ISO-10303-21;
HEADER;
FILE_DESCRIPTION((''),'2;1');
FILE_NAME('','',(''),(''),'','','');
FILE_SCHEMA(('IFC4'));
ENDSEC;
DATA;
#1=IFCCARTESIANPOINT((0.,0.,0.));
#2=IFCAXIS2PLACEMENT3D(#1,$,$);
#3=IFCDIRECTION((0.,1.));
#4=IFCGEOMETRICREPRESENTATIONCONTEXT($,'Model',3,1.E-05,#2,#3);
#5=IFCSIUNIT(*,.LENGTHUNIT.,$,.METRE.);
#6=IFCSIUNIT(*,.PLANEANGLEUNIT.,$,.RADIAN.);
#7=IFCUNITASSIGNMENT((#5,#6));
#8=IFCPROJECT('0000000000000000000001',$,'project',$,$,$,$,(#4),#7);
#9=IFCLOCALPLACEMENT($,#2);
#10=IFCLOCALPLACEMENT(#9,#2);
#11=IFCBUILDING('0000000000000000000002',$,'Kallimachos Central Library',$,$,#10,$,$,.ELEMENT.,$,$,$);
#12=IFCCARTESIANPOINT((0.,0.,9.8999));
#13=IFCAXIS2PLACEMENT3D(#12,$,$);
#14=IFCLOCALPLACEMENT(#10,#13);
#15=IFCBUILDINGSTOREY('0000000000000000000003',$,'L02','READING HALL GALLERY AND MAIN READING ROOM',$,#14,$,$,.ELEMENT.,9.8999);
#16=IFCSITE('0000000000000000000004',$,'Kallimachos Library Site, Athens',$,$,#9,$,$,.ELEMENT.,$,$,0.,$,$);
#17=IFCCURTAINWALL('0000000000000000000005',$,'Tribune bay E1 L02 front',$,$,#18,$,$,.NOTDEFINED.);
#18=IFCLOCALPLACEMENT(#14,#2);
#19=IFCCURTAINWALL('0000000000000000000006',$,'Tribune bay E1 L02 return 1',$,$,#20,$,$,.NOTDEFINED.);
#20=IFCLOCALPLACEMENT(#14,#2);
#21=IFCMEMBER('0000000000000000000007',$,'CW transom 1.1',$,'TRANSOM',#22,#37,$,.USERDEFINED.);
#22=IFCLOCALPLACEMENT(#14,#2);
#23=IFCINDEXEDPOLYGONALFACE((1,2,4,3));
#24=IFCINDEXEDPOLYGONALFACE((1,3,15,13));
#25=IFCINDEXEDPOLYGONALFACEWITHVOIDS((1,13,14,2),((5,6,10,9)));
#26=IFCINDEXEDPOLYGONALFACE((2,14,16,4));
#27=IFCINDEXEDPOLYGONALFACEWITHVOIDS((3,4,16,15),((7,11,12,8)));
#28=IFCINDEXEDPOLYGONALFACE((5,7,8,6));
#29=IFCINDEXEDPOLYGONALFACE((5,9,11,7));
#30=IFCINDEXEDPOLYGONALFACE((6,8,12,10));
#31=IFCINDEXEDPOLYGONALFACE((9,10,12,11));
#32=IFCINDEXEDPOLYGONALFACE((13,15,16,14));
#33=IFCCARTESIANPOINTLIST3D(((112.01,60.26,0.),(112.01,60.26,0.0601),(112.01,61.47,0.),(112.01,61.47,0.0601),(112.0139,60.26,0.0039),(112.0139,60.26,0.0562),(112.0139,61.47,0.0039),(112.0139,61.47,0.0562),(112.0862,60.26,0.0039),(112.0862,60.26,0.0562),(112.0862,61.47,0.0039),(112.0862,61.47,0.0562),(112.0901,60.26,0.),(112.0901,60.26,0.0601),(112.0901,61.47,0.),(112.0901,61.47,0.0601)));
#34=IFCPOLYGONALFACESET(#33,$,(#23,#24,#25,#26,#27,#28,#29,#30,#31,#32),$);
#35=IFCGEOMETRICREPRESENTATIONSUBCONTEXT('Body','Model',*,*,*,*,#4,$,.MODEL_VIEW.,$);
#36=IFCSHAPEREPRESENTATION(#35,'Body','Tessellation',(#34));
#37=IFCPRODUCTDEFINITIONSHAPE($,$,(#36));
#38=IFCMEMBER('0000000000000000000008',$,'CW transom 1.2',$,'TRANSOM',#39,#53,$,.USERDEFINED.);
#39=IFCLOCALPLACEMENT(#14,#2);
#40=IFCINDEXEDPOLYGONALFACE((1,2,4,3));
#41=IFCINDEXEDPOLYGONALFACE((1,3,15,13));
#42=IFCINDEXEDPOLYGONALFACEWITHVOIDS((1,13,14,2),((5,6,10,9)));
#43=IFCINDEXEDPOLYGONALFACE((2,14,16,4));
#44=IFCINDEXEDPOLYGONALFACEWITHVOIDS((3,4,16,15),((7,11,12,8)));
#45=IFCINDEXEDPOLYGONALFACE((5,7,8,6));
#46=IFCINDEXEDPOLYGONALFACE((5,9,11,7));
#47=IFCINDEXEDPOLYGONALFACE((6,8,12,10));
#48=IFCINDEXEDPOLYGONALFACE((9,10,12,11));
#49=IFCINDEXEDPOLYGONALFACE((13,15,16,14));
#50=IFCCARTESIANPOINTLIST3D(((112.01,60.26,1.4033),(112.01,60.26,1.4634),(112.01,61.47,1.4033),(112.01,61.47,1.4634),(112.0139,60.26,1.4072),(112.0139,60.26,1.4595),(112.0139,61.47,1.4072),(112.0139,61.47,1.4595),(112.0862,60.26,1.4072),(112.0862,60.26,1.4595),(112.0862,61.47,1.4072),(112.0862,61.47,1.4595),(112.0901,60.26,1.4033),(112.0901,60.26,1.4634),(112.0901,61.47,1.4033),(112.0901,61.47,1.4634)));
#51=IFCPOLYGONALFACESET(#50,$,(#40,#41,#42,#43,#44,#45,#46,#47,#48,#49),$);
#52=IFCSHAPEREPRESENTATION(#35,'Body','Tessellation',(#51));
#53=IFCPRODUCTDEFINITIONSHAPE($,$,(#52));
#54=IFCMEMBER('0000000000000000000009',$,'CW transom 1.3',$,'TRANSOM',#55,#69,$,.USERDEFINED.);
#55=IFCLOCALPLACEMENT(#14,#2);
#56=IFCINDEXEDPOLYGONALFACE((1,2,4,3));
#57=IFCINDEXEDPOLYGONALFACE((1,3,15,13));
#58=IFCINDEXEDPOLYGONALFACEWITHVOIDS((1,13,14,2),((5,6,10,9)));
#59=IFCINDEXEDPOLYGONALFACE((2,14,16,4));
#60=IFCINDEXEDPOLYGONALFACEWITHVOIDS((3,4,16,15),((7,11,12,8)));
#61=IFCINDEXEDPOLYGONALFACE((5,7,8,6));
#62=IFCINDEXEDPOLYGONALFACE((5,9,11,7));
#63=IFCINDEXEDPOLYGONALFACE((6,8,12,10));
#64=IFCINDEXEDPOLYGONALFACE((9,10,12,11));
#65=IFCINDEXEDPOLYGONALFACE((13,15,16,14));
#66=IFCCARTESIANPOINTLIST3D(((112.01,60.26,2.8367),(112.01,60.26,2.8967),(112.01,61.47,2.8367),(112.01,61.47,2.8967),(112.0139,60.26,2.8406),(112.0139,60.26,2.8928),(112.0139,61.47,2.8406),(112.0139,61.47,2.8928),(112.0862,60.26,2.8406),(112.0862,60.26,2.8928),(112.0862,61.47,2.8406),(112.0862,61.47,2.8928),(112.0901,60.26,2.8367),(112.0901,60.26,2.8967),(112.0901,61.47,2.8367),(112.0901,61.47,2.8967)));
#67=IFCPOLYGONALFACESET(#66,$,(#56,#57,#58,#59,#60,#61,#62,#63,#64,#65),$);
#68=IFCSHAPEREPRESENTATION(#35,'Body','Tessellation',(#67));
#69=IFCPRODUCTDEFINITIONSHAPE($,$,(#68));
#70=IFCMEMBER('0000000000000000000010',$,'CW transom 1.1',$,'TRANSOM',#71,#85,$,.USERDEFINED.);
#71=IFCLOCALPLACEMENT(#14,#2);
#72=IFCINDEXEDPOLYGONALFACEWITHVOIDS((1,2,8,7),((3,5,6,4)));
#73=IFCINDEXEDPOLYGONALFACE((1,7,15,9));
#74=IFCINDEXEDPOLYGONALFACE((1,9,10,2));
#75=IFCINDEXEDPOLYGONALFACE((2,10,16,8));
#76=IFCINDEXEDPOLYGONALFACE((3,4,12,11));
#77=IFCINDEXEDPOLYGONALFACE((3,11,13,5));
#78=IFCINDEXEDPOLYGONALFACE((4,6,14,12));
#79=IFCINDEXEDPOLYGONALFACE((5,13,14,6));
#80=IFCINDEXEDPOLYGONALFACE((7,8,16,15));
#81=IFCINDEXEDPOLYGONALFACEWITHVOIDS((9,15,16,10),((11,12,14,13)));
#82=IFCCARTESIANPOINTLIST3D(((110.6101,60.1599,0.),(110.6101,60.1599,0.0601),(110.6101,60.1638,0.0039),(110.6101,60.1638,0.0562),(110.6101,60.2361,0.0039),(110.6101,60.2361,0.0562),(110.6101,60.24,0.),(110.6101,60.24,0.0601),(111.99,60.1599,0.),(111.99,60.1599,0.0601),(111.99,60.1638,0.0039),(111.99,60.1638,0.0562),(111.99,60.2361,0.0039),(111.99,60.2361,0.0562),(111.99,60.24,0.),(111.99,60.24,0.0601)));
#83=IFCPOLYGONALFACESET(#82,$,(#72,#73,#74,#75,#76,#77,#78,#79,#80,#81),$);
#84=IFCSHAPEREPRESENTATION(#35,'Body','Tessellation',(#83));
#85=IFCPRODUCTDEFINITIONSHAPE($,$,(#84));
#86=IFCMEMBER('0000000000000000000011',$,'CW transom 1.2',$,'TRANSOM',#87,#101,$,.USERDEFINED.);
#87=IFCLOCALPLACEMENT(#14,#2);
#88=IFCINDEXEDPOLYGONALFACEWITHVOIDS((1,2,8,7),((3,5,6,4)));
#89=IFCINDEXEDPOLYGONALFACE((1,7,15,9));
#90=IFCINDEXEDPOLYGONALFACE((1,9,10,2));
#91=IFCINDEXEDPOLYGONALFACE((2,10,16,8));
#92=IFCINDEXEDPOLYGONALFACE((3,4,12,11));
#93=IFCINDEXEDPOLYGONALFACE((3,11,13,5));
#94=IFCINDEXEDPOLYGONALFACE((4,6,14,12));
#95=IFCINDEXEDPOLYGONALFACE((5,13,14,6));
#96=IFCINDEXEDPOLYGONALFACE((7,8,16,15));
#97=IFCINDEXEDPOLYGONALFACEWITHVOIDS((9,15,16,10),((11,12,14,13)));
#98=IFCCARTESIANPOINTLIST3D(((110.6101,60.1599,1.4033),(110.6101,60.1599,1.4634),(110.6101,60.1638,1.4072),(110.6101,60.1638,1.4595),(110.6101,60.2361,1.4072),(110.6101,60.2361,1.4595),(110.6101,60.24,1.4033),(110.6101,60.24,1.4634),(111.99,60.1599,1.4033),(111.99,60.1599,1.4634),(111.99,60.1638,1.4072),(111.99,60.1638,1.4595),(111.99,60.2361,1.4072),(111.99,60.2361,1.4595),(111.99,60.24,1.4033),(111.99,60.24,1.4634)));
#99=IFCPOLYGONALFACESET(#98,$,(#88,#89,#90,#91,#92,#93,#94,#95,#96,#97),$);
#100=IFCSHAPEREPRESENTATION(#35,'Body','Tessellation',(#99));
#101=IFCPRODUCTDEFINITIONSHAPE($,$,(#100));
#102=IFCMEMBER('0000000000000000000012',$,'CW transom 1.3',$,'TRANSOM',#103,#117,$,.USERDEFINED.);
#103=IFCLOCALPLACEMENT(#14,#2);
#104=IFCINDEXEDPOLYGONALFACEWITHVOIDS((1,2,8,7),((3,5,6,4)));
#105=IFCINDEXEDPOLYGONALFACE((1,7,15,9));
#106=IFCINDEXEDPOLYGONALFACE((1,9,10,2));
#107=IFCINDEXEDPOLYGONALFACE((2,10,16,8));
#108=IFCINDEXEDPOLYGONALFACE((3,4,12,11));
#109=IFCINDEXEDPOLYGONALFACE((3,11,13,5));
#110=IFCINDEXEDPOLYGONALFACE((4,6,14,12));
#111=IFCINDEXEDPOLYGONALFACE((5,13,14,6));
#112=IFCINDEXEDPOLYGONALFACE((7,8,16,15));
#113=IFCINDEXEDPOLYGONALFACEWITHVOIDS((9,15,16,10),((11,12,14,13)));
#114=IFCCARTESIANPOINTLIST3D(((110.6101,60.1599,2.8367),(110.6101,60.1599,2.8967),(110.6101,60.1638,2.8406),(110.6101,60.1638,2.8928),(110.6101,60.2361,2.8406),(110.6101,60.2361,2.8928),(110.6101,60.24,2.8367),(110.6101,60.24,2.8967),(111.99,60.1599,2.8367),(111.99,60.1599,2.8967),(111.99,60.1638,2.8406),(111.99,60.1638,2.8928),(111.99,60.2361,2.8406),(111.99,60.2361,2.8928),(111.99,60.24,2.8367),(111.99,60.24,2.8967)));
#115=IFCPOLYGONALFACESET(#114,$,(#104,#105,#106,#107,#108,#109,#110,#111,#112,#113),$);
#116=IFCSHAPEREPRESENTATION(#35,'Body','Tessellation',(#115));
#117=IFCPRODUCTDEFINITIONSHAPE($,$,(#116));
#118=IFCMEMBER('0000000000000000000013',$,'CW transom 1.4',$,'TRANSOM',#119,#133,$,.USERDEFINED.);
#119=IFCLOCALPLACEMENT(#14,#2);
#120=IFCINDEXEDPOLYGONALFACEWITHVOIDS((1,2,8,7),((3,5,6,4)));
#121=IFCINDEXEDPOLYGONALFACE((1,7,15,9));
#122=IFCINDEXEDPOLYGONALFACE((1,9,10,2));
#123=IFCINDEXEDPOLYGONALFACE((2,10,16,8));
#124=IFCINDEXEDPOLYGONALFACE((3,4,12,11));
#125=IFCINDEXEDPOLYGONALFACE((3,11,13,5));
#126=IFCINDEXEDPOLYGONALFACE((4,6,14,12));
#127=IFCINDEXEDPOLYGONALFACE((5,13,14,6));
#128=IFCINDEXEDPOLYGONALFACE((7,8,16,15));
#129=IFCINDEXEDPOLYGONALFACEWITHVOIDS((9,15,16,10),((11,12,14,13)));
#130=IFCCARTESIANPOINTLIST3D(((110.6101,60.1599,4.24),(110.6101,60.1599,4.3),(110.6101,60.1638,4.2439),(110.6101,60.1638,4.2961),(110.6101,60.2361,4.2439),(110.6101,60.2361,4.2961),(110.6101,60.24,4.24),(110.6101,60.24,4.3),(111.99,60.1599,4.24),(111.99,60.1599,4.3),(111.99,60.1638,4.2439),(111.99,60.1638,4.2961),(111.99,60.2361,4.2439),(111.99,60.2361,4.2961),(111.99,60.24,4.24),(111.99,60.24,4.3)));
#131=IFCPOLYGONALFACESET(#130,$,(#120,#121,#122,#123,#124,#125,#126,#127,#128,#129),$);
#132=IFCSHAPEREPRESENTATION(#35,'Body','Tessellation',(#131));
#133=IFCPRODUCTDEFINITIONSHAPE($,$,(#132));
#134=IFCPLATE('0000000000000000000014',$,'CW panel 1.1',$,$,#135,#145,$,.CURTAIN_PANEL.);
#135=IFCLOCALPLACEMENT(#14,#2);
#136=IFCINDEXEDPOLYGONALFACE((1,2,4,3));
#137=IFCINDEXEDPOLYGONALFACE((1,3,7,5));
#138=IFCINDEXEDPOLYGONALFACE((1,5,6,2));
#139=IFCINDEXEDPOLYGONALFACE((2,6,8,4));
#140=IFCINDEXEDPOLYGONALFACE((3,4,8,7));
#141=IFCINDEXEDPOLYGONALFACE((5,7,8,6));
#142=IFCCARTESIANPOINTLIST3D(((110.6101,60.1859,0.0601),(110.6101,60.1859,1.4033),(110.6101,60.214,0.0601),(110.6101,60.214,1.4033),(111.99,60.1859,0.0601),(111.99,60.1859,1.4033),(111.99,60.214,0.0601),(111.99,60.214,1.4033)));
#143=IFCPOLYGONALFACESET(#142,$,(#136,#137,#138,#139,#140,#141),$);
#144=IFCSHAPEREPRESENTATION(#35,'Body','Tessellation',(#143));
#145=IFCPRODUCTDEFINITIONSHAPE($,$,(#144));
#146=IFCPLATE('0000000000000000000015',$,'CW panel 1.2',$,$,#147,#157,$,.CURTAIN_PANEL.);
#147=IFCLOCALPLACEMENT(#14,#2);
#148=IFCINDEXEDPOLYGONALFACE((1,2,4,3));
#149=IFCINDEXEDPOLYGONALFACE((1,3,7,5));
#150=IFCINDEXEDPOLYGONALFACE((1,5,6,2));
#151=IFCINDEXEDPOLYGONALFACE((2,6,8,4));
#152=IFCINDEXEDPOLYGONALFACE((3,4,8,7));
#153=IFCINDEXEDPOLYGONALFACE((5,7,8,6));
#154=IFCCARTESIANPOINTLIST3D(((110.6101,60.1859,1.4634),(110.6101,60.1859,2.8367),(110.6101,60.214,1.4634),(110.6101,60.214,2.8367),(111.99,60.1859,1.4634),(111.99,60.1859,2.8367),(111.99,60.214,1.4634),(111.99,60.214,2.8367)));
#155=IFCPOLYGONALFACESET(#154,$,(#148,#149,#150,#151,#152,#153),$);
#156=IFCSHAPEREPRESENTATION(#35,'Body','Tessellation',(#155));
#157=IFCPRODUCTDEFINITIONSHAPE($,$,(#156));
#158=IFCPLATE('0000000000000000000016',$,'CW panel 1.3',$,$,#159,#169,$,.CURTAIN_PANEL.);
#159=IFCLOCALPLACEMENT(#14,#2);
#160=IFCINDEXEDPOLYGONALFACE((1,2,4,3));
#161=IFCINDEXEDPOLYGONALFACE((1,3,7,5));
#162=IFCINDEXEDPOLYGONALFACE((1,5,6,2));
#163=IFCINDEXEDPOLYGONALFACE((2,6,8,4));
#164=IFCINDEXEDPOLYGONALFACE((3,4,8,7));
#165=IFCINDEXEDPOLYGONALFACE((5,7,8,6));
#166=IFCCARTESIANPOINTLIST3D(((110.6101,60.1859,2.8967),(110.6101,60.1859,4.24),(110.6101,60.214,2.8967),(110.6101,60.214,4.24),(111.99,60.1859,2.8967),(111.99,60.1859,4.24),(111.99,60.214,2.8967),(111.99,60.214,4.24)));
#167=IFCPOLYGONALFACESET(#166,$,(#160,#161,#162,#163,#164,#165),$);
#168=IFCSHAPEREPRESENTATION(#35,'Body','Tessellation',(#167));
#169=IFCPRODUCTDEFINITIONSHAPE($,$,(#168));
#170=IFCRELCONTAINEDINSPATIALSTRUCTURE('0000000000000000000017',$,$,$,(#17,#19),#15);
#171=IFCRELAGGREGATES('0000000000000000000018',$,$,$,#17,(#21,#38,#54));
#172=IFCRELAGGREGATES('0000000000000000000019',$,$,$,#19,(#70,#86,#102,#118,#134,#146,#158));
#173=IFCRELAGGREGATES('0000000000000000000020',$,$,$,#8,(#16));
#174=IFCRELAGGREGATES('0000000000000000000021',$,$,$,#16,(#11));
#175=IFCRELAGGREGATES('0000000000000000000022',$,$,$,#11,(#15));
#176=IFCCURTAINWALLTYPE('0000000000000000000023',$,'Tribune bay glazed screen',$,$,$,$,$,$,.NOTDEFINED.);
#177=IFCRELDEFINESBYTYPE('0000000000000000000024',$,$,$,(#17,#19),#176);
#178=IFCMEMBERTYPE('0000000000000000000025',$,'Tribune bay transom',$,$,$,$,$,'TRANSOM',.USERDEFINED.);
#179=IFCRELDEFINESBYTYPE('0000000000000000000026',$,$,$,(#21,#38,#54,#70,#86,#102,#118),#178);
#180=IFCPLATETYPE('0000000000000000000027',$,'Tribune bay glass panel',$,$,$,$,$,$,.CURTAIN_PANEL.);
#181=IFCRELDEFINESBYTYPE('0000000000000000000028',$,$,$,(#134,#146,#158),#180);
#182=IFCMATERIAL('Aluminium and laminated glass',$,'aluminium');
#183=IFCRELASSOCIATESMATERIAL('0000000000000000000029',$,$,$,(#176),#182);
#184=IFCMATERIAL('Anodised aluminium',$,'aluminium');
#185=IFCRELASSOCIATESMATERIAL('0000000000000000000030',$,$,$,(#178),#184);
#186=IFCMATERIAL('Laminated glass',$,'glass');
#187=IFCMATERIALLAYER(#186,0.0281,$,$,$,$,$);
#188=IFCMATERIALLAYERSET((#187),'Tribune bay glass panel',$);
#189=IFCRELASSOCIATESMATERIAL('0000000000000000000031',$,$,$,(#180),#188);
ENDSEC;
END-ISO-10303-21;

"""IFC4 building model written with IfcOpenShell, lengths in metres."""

from ifc_helpers import new_model, si_unit, direction, frame, origin, origin_2d, place, context, subcontext, project, spatial, rectangle, hollow_rectangle, extrude, material, layer, layer_set, material_profile, profile_set, type_object, element, aggregate, save


model = new_model("IFC4")

# Units and contexts
model_context = context("Model", 3, precision=1e-05, world=origin(), true_north=direction((0.0, 1.0)))
body_context = subcontext(model_context, "Body", "Model", "MODEL_VIEW")
ifc_project = project(units=[si_unit("LENGTHUNIT", "METRE"), si_unit("PLANEANGLEUNIT", "RADIAN")], contexts=[model_context])

# Site, building, storey
site_placement = place(None, origin())
site = spatial("IfcSite", under=ifc_project, at=site_placement, Name="Kallimachos Library Site, Athens", CompositionType="ELEMENT", RefElevation=0.0)
building_placement = place(site_placement, origin())
building = spatial("IfcBuilding", under=site, at=building_placement, Name="Kallimachos Central Library", CompositionType="ELEMENT")
storey_placement = place(building_placement, frame((0.0, 0.0, 9.8999)))
storey = spatial("IfcBuildingStorey", under=building, at=storey_placement, Name="L02", Description="READING HALL GALLERY AND MAIN READING ROOM", CompositionType="ELEMENT", Elevation=9.8999)

# Curtain wall
ifc_material_1 = material(Name="Aluminium and laminated glass", Category="aluminium")
curtain_wall_type = type_object("IfcCurtainWallType", Name="Tribune bay glazed screen", PredefinedType="NOTDEFINED", material=ifc_material_1)
curtain_wall_1_placement = place(storey_placement, origin())
curtain_wall_1 = element("IfcCurtainWall", 1, at=curtain_wall_1_placement, inside=storey, type_object=curtain_wall_type, Name="Tribune bay E1 L02 front", PredefinedType="NOTDEFINED")

# Curtain wall
curtain_wall_2_placement = place(storey_placement, origin())
curtain_wall_2 = element("IfcCurtainWall", 2, at=curtain_wall_2_placement, inside=storey, type_object=curtain_wall_type, Name="Tribune bay E1 L02 return 1", PredefinedType="NOTDEFINED")

# Members
ifc_material_2 = material(Name="Anodised aluminium", Category="aluminium")
ifc_material_profile_1 = material_profile(ifc_material_2, hollow_rectangle(XDim=0.0601, YDim=0.0801, WallThickness=0.0039, at=origin_2d()), Name="ALU TRANSOM 60x80")
ifc_profile_set_1 = profile_set([ifc_material_profile_1], Name="Anodised aluminium")
member_type_1 = type_object("IfcMemberType", Name="Tribune bay transom", ElementType="TRANSOM", PredefinedType="USERDEFINED", material=ifc_profile_set_1)
member_1_placement = place(storey_placement, frame((112.05, 60.26, 0.03), z_axis=(0.0, 1.0, 0.0), x_axis=(0.0, 0.0, 1.0)))
member_1 = element("IfcMember", 3, at=member_1_placement, type_object=member_type_1, Name="CW transom 1.1", ObjectType="TRANSOM", PredefinedType="USERDEFINED", context=body_context, shape_type="SweptSolid", body=[
    extrude(hollow_rectangle(XDim=0.0601, YDim=0.0801, WallThickness=0.0039, at=origin_2d()), origin(), (0.0, 0.0, 1.0), 1.21),
])
member_2_placement = place(storey_placement, frame((112.05, 60.26, 1.4333), z_axis=(0.0, 1.0, 0.0), x_axis=(0.0, 0.0, 1.0)))
member_2 = element("IfcMember", 4, at=member_2_placement, type_object=member_type_1, Name="CW transom 1.2", ObjectType="TRANSOM", PredefinedType="USERDEFINED", context=body_context, shape_type="SweptSolid", body=[
    extrude(hollow_rectangle(XDim=0.0601, YDim=0.0801, WallThickness=0.0039, at=origin_2d()), origin(), (0.0, 0.0, 1.0), 1.21),
])
member_3_placement = place(storey_placement, frame((112.05, 60.26, 2.8667), z_axis=(0.0, 1.0, 0.0), x_axis=(0.0, 0.0, 1.0)))
member_3 = element("IfcMember", 5, at=member_3_placement, type_object=member_type_1, Name="CW transom 1.3", ObjectType="TRANSOM", PredefinedType="USERDEFINED", context=body_context, shape_type="SweptSolid", body=[
    extrude(hollow_rectangle(XDim=0.0601, YDim=0.0801, WallThickness=0.0039, at=origin_2d()), origin(), (0.0, 0.0, 1.0), 1.21),
])
aggregate(curtain_wall_1, [member_1, member_2, member_3])
member_4_placement = place(storey_placement, frame((110.6101, 60.2, 0.03), z_axis=(1.0, 0.0, 0.0), x_axis=(0.0, 0.0, 1.0)))
member_4 = element("IfcMember", 6, at=member_4_placement, type_object=member_type_1, Name="CW transom 1.1", ObjectType="TRANSOM", PredefinedType="USERDEFINED", context=body_context, shape_type="SweptSolid", body=[
    extrude(hollow_rectangle(XDim=0.0601, YDim=0.0801, WallThickness=0.0039, at=origin_2d()), origin(), (0.0, 0.0, 1.0), 1.3799),
])
member_5_placement = place(storey_placement, frame((110.6101, 60.2, 1.4333), z_axis=(1.0, 0.0, 0.0), x_axis=(0.0, 0.0, 1.0)))
member_5 = element("IfcMember", 7, at=member_5_placement, type_object=member_type_1, Name="CW transom 1.2", ObjectType="TRANSOM", PredefinedType="USERDEFINED", context=body_context, shape_type="SweptSolid", body=[
    extrude(hollow_rectangle(XDim=0.0601, YDim=0.0801, WallThickness=0.0039, at=origin_2d()), origin(), (0.0, 0.0, 1.0), 1.3799),
])
member_6_placement = place(storey_placement, frame((110.6101, 60.2, 2.8667), z_axis=(1.0, 0.0, 0.0), x_axis=(0.0, 0.0, 1.0)))
member_6 = element("IfcMember", 8, at=member_6_placement, type_object=member_type_1, Name="CW transom 1.3", ObjectType="TRANSOM", PredefinedType="USERDEFINED", context=body_context, shape_type="SweptSolid", body=[
    extrude(hollow_rectangle(XDim=0.0601, YDim=0.0801, WallThickness=0.0039, at=origin_2d()), origin(), (0.0, 0.0, 1.0), 1.3799),
])
member_7_placement = place(storey_placement, frame((110.6101, 60.2, 4.27), z_axis=(1.0, 0.0, 0.0), x_axis=(0.0, 0.0, 1.0)))
member_7 = element("IfcMember", 9, at=member_7_placement, type_object=member_type_1, Name="CW transom 1.4", ObjectType="TRANSOM", PredefinedType="USERDEFINED", context=body_context, shape_type="SweptSolid", body=[
    extrude(hollow_rectangle(XDim=0.0601, YDim=0.0801, WallThickness=0.0039, at=origin_2d()), origin(), (0.0, 0.0, 1.0), 1.3799),
])

# Plates
ifc_material_3 = material(Name="Laminated glass", Category="glass")
ifc_layer_1 = layer(ifc_material_3, 0.0281)
ifc_layer_set_1 = layer_set([ifc_layer_1], Name="Tribune bay glass panel")
plate_type = type_object("IfcPlateType", Name="Tribune bay glass panel", PredefinedType="CURTAIN_PANEL", material=ifc_layer_set_1)
plate_1_placement = place(storey_placement, frame((111.3, 60.2, 0.0601), z_axis=(0.0, 0.0, 1.0), x_axis=(1.0, 0.0, 0.0)))
plate_1 = element("IfcPlate", 10, at=plate_1_placement, type_object=plate_type, Name="CW panel 1.1", PredefinedType="CURTAIN_PANEL", context=body_context, shape_type="SweptSolid", body=[
    extrude(rectangle(XDim=1.3799, YDim=0.0281, at=origin_2d()), origin(), (0.0, 0.0, 1.0), 1.3433),
])
plate_2_placement = place(storey_placement, frame((111.3, 60.2, 1.4634), z_axis=(0.0, 0.0, 1.0), x_axis=(1.0, 0.0, 0.0)))
plate_2 = element("IfcPlate", 11, at=plate_2_placement, type_object=plate_type, Name="CW panel 1.2", PredefinedType="CURTAIN_PANEL", context=body_context, shape_type="SweptSolid", body=[
    extrude(rectangle(XDim=1.3799, YDim=0.0281, at=origin_2d()), origin(), (0.0, 0.0, 1.0), 1.3733),
])
plate_3_placement = place(storey_placement, frame((111.3, 60.2, 2.8967), z_axis=(0.0, 0.0, 1.0), x_axis=(1.0, 0.0, 0.0)))
plate_3 = element("IfcPlate", 12, at=plate_3_placement, type_object=plate_type, Name="CW panel 1.3", PredefinedType="CURTAIN_PANEL", context=body_context, shape_type="SweptSolid", body=[
    extrude(rectangle(XDim=1.3799, YDim=0.0281, at=origin_2d()), origin(), (0.0, 0.0, 1.0), 1.3433),
])
aggregate(curtain_wall_2, [member_4, member_5, member_6, member_7, plate_1, plate_2, plate_3])

save(model, "model.ifc")
